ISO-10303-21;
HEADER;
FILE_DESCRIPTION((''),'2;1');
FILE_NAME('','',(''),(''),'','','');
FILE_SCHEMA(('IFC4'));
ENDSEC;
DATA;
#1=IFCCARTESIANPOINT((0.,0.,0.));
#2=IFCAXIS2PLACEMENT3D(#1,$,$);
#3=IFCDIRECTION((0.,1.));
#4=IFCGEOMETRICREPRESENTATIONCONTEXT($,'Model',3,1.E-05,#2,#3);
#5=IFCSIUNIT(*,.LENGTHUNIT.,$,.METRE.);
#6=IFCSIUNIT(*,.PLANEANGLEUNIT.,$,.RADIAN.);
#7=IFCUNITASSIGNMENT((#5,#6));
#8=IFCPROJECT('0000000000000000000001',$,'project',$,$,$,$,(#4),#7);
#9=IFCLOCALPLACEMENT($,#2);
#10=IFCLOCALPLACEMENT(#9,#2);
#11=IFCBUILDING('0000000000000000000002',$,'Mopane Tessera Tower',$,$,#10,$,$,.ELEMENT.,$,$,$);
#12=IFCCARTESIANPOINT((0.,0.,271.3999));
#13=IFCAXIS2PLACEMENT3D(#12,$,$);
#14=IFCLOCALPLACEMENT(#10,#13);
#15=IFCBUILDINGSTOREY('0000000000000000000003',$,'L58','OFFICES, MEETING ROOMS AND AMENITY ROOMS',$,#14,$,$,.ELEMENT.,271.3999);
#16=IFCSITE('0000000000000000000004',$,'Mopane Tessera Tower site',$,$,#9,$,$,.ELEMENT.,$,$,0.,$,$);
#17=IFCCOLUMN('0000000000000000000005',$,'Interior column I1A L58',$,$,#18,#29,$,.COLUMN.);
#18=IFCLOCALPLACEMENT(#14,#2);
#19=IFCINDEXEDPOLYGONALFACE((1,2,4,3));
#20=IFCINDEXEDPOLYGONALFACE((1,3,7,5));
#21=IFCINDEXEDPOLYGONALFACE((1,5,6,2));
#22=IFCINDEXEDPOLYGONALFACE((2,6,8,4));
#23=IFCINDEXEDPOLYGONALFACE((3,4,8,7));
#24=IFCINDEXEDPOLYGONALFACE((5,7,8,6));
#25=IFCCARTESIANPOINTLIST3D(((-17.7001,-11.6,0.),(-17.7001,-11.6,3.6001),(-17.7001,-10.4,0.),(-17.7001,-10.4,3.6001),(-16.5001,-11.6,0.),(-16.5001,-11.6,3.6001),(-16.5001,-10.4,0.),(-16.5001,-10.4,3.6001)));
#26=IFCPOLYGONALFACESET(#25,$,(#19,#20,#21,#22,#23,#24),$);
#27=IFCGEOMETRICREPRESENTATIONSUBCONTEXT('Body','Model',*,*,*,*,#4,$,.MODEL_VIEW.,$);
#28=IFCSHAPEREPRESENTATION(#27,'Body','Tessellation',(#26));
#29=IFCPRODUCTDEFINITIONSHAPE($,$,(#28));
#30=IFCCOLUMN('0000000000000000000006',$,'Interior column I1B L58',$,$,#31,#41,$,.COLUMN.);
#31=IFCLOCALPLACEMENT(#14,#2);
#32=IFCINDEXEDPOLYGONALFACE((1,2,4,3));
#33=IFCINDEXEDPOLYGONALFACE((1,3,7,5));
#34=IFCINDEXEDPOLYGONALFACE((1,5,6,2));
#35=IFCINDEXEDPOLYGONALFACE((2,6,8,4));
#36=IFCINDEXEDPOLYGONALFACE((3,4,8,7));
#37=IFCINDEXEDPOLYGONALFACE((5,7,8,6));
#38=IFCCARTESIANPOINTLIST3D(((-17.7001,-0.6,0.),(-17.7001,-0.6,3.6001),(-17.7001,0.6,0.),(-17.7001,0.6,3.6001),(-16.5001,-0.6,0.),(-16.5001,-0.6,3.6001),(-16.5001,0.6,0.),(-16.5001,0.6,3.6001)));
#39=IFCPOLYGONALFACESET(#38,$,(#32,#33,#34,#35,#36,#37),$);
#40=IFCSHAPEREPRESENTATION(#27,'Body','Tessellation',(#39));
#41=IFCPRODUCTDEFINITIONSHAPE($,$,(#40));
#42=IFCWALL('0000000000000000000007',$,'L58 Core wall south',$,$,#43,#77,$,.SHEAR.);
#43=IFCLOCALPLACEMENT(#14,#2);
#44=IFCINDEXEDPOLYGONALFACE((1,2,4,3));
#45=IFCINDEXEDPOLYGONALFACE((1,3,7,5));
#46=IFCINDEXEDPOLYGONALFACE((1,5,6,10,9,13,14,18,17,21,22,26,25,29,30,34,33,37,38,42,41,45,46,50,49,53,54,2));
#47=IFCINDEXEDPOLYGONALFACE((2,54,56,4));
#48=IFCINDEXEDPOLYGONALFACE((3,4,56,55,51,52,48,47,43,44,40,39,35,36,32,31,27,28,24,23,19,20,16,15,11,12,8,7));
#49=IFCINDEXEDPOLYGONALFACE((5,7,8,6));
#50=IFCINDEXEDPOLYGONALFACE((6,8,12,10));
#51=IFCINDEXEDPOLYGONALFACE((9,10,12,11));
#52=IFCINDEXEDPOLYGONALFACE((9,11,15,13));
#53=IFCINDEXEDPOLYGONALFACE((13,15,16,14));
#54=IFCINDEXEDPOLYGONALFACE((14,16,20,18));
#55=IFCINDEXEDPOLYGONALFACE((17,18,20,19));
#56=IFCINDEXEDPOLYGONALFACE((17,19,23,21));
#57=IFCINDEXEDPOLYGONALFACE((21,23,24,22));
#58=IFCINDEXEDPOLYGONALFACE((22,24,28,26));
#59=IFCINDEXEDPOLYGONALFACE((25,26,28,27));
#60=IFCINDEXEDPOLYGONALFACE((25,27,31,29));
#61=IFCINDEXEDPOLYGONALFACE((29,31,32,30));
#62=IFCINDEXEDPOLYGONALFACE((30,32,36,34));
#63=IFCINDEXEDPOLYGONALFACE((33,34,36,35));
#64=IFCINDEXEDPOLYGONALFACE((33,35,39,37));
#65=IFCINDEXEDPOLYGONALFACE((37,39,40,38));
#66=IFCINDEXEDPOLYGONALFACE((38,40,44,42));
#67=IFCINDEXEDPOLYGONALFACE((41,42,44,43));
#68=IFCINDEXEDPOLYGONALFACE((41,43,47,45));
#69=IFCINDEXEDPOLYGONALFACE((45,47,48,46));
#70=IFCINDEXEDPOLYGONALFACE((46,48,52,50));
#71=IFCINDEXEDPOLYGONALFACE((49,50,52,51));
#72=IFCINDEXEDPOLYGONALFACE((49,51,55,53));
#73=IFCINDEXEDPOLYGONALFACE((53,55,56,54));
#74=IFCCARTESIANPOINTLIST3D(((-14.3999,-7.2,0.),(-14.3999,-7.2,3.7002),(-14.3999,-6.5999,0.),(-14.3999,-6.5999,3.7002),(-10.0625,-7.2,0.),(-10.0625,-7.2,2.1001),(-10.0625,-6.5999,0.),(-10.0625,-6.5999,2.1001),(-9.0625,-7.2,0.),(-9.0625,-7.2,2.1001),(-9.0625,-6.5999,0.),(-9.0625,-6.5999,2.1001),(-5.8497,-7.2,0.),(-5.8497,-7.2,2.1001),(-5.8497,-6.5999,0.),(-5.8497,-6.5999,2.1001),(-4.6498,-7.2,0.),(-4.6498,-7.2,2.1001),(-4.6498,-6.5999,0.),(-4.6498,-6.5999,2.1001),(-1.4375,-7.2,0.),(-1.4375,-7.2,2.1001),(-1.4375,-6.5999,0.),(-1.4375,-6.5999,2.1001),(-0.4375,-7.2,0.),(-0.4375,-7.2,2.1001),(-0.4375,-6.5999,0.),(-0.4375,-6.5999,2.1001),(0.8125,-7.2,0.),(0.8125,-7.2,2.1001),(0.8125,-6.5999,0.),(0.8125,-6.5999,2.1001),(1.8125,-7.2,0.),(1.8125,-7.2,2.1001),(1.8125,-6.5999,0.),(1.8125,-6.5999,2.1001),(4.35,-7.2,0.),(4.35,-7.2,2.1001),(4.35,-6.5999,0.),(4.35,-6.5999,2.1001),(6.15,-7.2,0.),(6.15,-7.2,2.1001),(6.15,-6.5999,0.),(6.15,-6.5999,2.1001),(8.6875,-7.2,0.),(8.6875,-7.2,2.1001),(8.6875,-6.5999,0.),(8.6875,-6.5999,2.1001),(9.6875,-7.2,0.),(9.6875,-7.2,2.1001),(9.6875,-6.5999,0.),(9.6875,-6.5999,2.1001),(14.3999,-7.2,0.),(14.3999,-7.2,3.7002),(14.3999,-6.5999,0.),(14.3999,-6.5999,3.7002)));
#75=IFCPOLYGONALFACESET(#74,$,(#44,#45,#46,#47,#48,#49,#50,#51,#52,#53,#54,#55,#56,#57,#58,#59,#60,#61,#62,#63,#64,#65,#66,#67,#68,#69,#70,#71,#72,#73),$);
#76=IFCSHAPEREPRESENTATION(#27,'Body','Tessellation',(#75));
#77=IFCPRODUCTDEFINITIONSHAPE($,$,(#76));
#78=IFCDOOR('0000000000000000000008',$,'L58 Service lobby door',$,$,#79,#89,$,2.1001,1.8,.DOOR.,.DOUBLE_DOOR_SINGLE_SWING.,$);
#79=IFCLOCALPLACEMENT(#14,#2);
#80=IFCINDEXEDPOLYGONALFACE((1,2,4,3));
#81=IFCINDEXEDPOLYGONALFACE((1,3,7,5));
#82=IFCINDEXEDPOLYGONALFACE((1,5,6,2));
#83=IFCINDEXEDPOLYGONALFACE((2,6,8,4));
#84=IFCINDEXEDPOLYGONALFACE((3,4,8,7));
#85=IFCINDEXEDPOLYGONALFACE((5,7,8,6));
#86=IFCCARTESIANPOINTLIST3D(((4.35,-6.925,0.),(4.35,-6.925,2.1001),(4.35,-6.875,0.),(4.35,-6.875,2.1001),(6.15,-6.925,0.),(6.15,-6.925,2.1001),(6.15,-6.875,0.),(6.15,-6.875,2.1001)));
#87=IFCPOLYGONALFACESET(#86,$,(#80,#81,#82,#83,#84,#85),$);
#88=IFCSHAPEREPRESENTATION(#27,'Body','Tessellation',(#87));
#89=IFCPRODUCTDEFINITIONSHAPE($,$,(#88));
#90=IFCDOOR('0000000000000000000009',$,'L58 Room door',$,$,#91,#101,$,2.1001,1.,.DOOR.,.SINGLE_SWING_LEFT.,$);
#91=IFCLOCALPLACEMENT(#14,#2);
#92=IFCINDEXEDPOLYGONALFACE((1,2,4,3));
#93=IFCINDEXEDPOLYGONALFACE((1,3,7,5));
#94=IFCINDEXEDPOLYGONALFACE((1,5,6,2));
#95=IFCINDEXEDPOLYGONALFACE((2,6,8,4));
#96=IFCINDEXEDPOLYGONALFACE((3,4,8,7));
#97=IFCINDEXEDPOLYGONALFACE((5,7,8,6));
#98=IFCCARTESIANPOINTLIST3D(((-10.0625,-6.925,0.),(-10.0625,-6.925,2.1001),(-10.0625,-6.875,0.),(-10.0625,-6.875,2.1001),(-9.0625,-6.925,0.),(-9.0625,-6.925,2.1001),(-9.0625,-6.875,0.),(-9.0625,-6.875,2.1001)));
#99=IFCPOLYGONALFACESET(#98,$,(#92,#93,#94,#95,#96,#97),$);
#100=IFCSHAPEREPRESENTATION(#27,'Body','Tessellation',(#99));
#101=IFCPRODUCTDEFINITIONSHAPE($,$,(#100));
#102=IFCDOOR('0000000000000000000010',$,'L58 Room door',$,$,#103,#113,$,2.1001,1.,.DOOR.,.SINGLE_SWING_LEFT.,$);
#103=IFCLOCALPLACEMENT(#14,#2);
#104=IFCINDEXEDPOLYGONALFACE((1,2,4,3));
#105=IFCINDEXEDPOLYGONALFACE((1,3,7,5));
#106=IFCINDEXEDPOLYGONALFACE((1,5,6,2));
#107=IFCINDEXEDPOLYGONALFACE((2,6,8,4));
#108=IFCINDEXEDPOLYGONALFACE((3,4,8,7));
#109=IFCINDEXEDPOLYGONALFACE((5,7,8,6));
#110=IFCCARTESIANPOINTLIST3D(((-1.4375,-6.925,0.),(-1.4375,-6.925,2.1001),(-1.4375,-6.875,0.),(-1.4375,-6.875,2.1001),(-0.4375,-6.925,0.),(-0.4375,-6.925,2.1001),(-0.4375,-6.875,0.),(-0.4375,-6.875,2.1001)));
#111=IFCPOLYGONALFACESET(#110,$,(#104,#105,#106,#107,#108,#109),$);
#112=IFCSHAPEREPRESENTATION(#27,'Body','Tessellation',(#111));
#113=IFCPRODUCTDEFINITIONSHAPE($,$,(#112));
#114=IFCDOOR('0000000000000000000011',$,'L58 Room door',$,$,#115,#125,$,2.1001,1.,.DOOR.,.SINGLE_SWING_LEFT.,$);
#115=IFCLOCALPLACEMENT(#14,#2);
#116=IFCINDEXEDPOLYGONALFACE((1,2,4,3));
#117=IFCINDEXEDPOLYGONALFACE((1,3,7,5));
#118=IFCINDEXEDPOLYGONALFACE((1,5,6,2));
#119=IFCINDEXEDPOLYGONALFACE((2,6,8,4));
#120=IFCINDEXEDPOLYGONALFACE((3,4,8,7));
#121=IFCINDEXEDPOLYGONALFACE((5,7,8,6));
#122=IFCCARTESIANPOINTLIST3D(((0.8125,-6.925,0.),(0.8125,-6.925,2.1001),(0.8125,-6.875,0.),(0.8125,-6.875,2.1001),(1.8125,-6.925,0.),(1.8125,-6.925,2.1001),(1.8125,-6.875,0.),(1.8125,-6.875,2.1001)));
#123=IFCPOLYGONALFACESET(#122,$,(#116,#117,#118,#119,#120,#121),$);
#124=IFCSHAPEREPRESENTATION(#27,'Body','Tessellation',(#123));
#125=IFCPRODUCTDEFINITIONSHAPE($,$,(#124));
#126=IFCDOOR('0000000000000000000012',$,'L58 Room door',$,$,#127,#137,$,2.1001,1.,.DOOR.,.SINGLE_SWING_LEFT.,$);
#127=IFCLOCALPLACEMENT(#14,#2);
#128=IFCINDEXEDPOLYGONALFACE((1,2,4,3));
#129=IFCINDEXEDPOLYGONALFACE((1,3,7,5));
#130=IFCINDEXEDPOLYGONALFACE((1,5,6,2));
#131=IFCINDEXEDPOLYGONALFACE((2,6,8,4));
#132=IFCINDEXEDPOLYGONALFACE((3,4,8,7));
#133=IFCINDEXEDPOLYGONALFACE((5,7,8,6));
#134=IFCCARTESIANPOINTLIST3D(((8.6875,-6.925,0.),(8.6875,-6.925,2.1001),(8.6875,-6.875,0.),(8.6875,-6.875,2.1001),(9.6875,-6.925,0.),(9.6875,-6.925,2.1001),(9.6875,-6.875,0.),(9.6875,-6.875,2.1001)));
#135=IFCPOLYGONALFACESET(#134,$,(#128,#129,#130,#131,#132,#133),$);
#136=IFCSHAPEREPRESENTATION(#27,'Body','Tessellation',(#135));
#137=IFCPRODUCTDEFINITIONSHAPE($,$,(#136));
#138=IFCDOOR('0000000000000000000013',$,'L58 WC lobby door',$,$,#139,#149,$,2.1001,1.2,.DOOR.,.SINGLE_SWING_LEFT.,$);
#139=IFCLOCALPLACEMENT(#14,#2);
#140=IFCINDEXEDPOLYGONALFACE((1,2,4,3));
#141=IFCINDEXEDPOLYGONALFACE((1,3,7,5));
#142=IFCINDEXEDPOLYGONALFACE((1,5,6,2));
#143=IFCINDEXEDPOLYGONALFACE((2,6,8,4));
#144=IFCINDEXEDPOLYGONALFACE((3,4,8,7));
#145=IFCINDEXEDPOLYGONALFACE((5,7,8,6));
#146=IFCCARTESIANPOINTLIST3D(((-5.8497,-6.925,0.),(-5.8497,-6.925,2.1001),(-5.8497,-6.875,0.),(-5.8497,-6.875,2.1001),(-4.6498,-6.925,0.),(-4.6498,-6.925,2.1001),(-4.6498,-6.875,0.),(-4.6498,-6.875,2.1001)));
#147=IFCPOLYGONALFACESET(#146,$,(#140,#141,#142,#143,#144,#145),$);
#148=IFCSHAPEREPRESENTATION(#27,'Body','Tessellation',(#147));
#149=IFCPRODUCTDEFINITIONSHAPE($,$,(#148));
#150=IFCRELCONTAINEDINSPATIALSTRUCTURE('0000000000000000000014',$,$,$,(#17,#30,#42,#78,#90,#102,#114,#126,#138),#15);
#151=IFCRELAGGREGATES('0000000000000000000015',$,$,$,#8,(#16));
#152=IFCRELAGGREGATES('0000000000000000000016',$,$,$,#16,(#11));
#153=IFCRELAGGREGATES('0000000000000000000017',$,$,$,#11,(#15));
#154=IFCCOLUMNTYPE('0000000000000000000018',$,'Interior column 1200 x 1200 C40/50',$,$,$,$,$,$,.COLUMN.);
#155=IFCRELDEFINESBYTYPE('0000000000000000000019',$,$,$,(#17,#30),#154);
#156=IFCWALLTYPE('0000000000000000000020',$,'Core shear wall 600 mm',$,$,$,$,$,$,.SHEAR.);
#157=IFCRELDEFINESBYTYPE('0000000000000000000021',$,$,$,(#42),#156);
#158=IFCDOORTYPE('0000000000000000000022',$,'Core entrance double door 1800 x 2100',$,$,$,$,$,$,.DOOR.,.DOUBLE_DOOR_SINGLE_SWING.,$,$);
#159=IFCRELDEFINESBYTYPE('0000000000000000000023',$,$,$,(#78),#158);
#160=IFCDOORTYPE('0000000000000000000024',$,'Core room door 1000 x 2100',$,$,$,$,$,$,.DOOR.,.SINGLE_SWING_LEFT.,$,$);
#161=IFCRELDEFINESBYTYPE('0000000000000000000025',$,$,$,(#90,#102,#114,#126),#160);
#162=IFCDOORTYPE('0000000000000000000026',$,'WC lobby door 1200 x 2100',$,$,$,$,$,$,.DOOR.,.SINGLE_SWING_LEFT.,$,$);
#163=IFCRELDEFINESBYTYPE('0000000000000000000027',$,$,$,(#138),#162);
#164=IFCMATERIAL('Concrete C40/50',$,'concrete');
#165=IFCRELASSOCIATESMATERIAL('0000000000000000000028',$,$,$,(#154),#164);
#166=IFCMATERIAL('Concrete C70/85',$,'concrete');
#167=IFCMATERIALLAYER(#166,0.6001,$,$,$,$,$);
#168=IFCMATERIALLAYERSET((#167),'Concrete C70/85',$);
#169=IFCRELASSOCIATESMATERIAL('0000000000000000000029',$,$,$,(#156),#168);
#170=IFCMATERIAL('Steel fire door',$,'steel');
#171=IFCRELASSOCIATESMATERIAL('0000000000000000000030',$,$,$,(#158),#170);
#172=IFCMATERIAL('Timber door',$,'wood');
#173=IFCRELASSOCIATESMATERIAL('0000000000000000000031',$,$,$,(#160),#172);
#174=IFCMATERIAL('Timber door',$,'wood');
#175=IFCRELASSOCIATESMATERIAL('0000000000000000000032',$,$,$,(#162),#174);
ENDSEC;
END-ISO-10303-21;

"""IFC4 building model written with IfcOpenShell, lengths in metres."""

from ifc_helpers import new_model, si_unit, direction, frame, frame_2d, origin, origin_2d, place, context, subcontext, project, spatial, rectangle, extrude, material, layer, layer_set, material_profile, profile_set, type_object, element, fill, save


model = new_model("IFC4")

# Units and contexts
model_context = context("Model", 3, precision=1e-05, world=origin(), true_north=direction((0.0, 1.0)))
body_context = subcontext(model_context, "Body", "Model", "MODEL_VIEW")
ifc_project = project(units=[si_unit("LENGTHUNIT", "METRE"), si_unit("PLANEANGLEUNIT", "RADIAN")], contexts=[model_context])

# Site, building, storey
site_placement = place(None, origin())
site = spatial("IfcSite", under=ifc_project, at=site_placement, Name="Mopane Tessera Tower site", CompositionType="ELEMENT", RefElevation=0.0)
building_placement = place(site_placement, origin())
building = spatial("IfcBuilding", under=site, at=building_placement, Name="Mopane Tessera Tower", CompositionType="ELEMENT")
storey_placement = place(building_placement, frame((0.0, 0.0, 271.3999)))
storey = spatial("IfcBuildingStorey", under=building, at=storey_placement, Name="L58", Description="OFFICES, MEETING ROOMS AND AMENITY ROOMS", CompositionType="ELEMENT", Elevation=271.3999)

# Columns
ifc_material_1 = material(Name="Concrete C40/50", Category="concrete")
ifc_material_profile = material_profile(ifc_material_1, rectangle(XDim=1.2, YDim=1.2, at=origin_2d()))
ifc_profile_set = profile_set([ifc_material_profile], Name="Concrete C40/50")
column_type = type_object("IfcColumnType", Name="Interior column 1200 x 1200 C40/50", PredefinedType="COLUMN", material=ifc_profile_set)
for number, where, z_axis, x_axis, name in (
    (1, (-17.1001, -11.0, 0.0), (0.0, 0.0, 1.0), (1.0, 0.0, 0.0), "Interior column I1A L58"),
    (2, (-17.1001, 0.0, 0.0), (0.0, 0.0, 1.0), (1.0, 0.0, 0.0), "Interior column I1B L58"),
):
    element("IfcColumn", number, at=place(storey_placement, frame(where, z_axis=z_axis, x_axis=x_axis)), inside=storey, type_object=column_type, Name=name, PredefinedType="COLUMN", context=body_context, shape_type="SweptSolid", body=[
        extrude(rectangle(XDim=1.2, YDim=1.2, at=origin_2d()), origin(), (0.0, 0.0, 1.0), 3.6001),
    ])

# Wall, openings, doors
ifc_material_2 = material(Name="Concrete C70/85", Category="concrete")
ifc_layer_1 = layer(ifc_material_2, 0.6001)
ifc_layer_set_1 = layer_set([ifc_layer_1], Name="Concrete C70/85")
wall_type_1 = type_object("IfcWallType", Name="Core shear wall 600 mm", PredefinedType="SHEAR", material=ifc_layer_set_1)
wall_1_placement = place(storey_placement, frame((-14.3999, -6.8999, 0.0), z_axis=(0.0, 0.0, 1.0), x_axis=(1.0, 0.0, 0.0)))
wall_1 = element("IfcWall", 3, at=wall_1_placement, inside=storey, type_object=wall_type_1, Name="L58 Core wall south", PredefinedType="SHEAR", context=body_context, shape_type="SweptSolid", body=[
    extrude(rectangle(XDim=28.7998, YDim=0.6001, at=frame_2d((14.3999, 0.0))), origin(), (0.0, 0.0, 1.0), 3.7002),
])
opening_1_placement = place(wall_1_placement, frame((4.3374, 0.0, 0.0)))
opening_1 = element("IfcOpeningElement", 4, at=opening_1_placement, cuts=wall_1, PredefinedType="OPENING", context=body_context, shape_type="SweptSolid", body=[
    extrude(rectangle(XDim=1.0, YDim=2.1001, at=frame_2d((0.5, 1.05))), frame((0.0, 0.312, 0.0), z_axis=(0.0, -1.0, 0.0), x_axis=(1.0, 0.0, 0.0)), (0.0, 0.0, 1.0), 0.624),
])
opening_2_placement = place(wall_1_placement, frame((8.55, 0.0, 0.0)))
opening_2 = element("IfcOpeningElement", 5, at=opening_2_placement, cuts=wall_1, PredefinedType="OPENING", context=body_context, shape_type="SweptSolid", body=[
    extrude(rectangle(XDim=1.2, YDim=2.1001, at=frame_2d((0.6001, 1.05))), frame((0.0, 0.312, 0.0), z_axis=(0.0, -1.0, 0.0), x_axis=(1.0, 0.0, 0.0)), (0.0, 0.0, 1.0), 0.624),
])
opening_3_placement = place(wall_1_placement, frame((12.9624, 0.0, 0.0)))
opening_3 = element("IfcOpeningElement", 6, at=opening_3_placement, cuts=wall_1, PredefinedType="OPENING", context=body_context, shape_type="SweptSolid", body=[
    extrude(rectangle(XDim=1.0, YDim=2.1001, at=frame_2d((0.5, 1.05))), frame((0.0, 0.312, 0.0), z_axis=(0.0, -1.0, 0.0), x_axis=(1.0, 0.0, 0.0)), (0.0, 0.0, 1.0), 0.624),
])
opening_4_placement = place(wall_1_placement, frame((15.2124, 0.0, 0.0)))
opening_4 = element("IfcOpeningElement", 7, at=opening_4_placement, cuts=wall_1, PredefinedType="OPENING", context=body_context, shape_type="SweptSolid", body=[
    extrude(rectangle(XDim=1.0, YDim=2.1001, at=frame_2d((0.5, 1.05))), frame((0.0, 0.312, 0.0), z_axis=(0.0, -1.0, 0.0), x_axis=(1.0, 0.0, 0.0)), (0.0, 0.0, 1.0), 0.624),
])
opening_5_placement = place(wall_1_placement, frame((18.75, 0.0, 0.0)))
opening_5 = element("IfcOpeningElement", 8, at=opening_5_placement, cuts=wall_1, PredefinedType="OPENING", context=body_context, shape_type="SweptSolid", body=[
    extrude(rectangle(XDim=1.8, YDim=2.1001, at=frame_2d((0.8999, 1.05))), frame((0.0, 0.312, 0.0), z_axis=(0.0, -1.0, 0.0), x_axis=(1.0, 0.0, 0.0)), (0.0, 0.0, 1.0), 0.624),
])
opening_6_placement = place(wall_1_placement, frame((23.0874, 0.0, 0.0)))
opening_6 = element("IfcOpeningElement", 9, at=opening_6_placement, cuts=wall_1, PredefinedType="OPENING", context=body_context, shape_type="SweptSolid", body=[
    extrude(rectangle(XDim=1.0, YDim=2.1001, at=frame_2d((0.5, 1.05))), frame((0.0, 0.312, 0.0), z_axis=(0.0, -1.0, 0.0), x_axis=(1.0, 0.0, 0.0)), (0.0, 0.0, 1.0), 0.624),
])
ifc_material_3 = material(Name="Steel fire door", Category="steel")
door_type_1 = type_object("IfcDoorType", Name="Core entrance double door 1800 x 2100", OperationType="DOUBLE_DOOR_SINGLE_SWING", PredefinedType="DOOR", material=ifc_material_3)
door_1_placement = place(opening_5_placement, origin())
door_1 = element("IfcDoor", 10, at=door_1_placement, inside=storey, type_object=door_type_1, Name="L58 Service lobby door", OperationType="DOUBLE_DOOR_SINGLE_SWING", OverallHeight=2.1001, OverallWidth=1.8, PredefinedType="DOOR", context=body_context, shape_type="SweptSolid", body=[
    extrude(rectangle(XDim=1.8, YDim=2.1001, at=frame_2d((0.8999, 1.05))), frame((0.0, 0.0249, 0.0), z_axis=(0.0, -1.0, 0.0), x_axis=(1.0, 0.0, 0.0)), (0.0, 0.0, 1.0), 0.05),
])
fill(opening_5, door_1)
ifc_material_4 = material(Name="Timber door", Category="wood")
door_type_2 = type_object("IfcDoorType", Name="Core room door 1000 x 2100", OperationType="SINGLE_SWING_LEFT", PredefinedType="DOOR", material=ifc_material_4)
door_2_placement = place(opening_1_placement, origin())
door_2 = element("IfcDoor", 11, at=door_2_placement, inside=storey, type_object=door_type_2, Name="L58 Room door", OperationType="SINGLE_SWING_LEFT", OverallHeight=2.1001, OverallWidth=1.0, PredefinedType="DOOR", context=body_context, shape_type="SweptSolid", body=[
    extrude(rectangle(XDim=1.0, YDim=2.1001, at=frame_2d((0.5, 1.05))), frame((0.0, 0.0249, 0.0), z_axis=(0.0, -1.0, 0.0), x_axis=(1.0, 0.0, 0.0)), (0.0, 0.0, 1.0), 0.05),
])
fill(opening_1, door_2)
door_3_placement = place(opening_3_placement, origin())
door_3 = element("IfcDoor", 12, at=door_3_placement, inside=storey, type_object=door_type_2, Name="L58 Room door", OperationType="SINGLE_SWING_LEFT", OverallHeight=2.1001, OverallWidth=1.0, PredefinedType="DOOR", context=body_context, shape_type="SweptSolid", body=[
    extrude(rectangle(XDim=1.0, YDim=2.1001, at=frame_2d((0.5, 1.05))), frame((0.0, 0.0249, 0.0), z_axis=(0.0, -1.0, 0.0), x_axis=(1.0, 0.0, 0.0)), (0.0, 0.0, 1.0), 0.05),
])
fill(opening_3, door_3)
door_4_placement = place(opening_4_placement, origin())
door_4 = element("IfcDoor", 13, at=door_4_placement, inside=storey, type_object=door_type_2, Name="L58 Room door", OperationType="SINGLE_SWING_LEFT", OverallHeight=2.1001, OverallWidth=1.0, PredefinedType="DOOR", context=body_context, shape_type="SweptSolid", body=[
    extrude(rectangle(XDim=1.0, YDim=2.1001, at=frame_2d((0.5, 1.05))), frame((0.0, 0.0249, 0.0), z_axis=(0.0, -1.0, 0.0), x_axis=(1.0, 0.0, 0.0)), (0.0, 0.0, 1.0), 0.05),
])
fill(opening_4, door_4)
door_5_placement = place(opening_6_placement, origin())
door_5 = element("IfcDoor", 14, at=door_5_placement, inside=storey, type_object=door_type_2, Name="L58 Room door", OperationType="SINGLE_SWING_LEFT", OverallHeight=2.1001, OverallWidth=1.0, PredefinedType="DOOR", context=body_context, shape_type="SweptSolid", body=[
    extrude(rectangle(XDim=1.0, YDim=2.1001, at=frame_2d((0.5, 1.05))), frame((0.0, 0.0249, 0.0), z_axis=(0.0, -1.0, 0.0), x_axis=(1.0, 0.0, 0.0)), (0.0, 0.0, 1.0), 0.05),
])
fill(opening_6, door_5)
ifc_material_5 = material(Name="Timber door", Category="wood")
door_type_3 = type_object("IfcDoorType", Name="WC lobby door 1200 x 2100", OperationType="SINGLE_SWING_LEFT", PredefinedType="DOOR", material=ifc_material_5)
door_6_placement = place(opening_2_placement, origin())
door_6 = element("IfcDoor", 15, at=door_6_placement, inside=storey, type_object=door_type_3, Name="L58 WC lobby door", OperationType="SINGLE_SWING_LEFT", OverallHeight=2.1001, OverallWidth=1.2, PredefinedType="DOOR", context=body_context, shape_type="SweptSolid", body=[
    extrude(rectangle(XDim=1.2, YDim=2.1001, at=frame_2d((0.6001, 1.05))), frame((0.0, 0.0249, 0.0), z_axis=(0.0, -1.0, 0.0), x_axis=(1.0, 0.0, 0.0)), (0.0, 0.0, 1.0), 0.05),
])
fill(opening_2, door_6)

save(model, "model.ifc")
